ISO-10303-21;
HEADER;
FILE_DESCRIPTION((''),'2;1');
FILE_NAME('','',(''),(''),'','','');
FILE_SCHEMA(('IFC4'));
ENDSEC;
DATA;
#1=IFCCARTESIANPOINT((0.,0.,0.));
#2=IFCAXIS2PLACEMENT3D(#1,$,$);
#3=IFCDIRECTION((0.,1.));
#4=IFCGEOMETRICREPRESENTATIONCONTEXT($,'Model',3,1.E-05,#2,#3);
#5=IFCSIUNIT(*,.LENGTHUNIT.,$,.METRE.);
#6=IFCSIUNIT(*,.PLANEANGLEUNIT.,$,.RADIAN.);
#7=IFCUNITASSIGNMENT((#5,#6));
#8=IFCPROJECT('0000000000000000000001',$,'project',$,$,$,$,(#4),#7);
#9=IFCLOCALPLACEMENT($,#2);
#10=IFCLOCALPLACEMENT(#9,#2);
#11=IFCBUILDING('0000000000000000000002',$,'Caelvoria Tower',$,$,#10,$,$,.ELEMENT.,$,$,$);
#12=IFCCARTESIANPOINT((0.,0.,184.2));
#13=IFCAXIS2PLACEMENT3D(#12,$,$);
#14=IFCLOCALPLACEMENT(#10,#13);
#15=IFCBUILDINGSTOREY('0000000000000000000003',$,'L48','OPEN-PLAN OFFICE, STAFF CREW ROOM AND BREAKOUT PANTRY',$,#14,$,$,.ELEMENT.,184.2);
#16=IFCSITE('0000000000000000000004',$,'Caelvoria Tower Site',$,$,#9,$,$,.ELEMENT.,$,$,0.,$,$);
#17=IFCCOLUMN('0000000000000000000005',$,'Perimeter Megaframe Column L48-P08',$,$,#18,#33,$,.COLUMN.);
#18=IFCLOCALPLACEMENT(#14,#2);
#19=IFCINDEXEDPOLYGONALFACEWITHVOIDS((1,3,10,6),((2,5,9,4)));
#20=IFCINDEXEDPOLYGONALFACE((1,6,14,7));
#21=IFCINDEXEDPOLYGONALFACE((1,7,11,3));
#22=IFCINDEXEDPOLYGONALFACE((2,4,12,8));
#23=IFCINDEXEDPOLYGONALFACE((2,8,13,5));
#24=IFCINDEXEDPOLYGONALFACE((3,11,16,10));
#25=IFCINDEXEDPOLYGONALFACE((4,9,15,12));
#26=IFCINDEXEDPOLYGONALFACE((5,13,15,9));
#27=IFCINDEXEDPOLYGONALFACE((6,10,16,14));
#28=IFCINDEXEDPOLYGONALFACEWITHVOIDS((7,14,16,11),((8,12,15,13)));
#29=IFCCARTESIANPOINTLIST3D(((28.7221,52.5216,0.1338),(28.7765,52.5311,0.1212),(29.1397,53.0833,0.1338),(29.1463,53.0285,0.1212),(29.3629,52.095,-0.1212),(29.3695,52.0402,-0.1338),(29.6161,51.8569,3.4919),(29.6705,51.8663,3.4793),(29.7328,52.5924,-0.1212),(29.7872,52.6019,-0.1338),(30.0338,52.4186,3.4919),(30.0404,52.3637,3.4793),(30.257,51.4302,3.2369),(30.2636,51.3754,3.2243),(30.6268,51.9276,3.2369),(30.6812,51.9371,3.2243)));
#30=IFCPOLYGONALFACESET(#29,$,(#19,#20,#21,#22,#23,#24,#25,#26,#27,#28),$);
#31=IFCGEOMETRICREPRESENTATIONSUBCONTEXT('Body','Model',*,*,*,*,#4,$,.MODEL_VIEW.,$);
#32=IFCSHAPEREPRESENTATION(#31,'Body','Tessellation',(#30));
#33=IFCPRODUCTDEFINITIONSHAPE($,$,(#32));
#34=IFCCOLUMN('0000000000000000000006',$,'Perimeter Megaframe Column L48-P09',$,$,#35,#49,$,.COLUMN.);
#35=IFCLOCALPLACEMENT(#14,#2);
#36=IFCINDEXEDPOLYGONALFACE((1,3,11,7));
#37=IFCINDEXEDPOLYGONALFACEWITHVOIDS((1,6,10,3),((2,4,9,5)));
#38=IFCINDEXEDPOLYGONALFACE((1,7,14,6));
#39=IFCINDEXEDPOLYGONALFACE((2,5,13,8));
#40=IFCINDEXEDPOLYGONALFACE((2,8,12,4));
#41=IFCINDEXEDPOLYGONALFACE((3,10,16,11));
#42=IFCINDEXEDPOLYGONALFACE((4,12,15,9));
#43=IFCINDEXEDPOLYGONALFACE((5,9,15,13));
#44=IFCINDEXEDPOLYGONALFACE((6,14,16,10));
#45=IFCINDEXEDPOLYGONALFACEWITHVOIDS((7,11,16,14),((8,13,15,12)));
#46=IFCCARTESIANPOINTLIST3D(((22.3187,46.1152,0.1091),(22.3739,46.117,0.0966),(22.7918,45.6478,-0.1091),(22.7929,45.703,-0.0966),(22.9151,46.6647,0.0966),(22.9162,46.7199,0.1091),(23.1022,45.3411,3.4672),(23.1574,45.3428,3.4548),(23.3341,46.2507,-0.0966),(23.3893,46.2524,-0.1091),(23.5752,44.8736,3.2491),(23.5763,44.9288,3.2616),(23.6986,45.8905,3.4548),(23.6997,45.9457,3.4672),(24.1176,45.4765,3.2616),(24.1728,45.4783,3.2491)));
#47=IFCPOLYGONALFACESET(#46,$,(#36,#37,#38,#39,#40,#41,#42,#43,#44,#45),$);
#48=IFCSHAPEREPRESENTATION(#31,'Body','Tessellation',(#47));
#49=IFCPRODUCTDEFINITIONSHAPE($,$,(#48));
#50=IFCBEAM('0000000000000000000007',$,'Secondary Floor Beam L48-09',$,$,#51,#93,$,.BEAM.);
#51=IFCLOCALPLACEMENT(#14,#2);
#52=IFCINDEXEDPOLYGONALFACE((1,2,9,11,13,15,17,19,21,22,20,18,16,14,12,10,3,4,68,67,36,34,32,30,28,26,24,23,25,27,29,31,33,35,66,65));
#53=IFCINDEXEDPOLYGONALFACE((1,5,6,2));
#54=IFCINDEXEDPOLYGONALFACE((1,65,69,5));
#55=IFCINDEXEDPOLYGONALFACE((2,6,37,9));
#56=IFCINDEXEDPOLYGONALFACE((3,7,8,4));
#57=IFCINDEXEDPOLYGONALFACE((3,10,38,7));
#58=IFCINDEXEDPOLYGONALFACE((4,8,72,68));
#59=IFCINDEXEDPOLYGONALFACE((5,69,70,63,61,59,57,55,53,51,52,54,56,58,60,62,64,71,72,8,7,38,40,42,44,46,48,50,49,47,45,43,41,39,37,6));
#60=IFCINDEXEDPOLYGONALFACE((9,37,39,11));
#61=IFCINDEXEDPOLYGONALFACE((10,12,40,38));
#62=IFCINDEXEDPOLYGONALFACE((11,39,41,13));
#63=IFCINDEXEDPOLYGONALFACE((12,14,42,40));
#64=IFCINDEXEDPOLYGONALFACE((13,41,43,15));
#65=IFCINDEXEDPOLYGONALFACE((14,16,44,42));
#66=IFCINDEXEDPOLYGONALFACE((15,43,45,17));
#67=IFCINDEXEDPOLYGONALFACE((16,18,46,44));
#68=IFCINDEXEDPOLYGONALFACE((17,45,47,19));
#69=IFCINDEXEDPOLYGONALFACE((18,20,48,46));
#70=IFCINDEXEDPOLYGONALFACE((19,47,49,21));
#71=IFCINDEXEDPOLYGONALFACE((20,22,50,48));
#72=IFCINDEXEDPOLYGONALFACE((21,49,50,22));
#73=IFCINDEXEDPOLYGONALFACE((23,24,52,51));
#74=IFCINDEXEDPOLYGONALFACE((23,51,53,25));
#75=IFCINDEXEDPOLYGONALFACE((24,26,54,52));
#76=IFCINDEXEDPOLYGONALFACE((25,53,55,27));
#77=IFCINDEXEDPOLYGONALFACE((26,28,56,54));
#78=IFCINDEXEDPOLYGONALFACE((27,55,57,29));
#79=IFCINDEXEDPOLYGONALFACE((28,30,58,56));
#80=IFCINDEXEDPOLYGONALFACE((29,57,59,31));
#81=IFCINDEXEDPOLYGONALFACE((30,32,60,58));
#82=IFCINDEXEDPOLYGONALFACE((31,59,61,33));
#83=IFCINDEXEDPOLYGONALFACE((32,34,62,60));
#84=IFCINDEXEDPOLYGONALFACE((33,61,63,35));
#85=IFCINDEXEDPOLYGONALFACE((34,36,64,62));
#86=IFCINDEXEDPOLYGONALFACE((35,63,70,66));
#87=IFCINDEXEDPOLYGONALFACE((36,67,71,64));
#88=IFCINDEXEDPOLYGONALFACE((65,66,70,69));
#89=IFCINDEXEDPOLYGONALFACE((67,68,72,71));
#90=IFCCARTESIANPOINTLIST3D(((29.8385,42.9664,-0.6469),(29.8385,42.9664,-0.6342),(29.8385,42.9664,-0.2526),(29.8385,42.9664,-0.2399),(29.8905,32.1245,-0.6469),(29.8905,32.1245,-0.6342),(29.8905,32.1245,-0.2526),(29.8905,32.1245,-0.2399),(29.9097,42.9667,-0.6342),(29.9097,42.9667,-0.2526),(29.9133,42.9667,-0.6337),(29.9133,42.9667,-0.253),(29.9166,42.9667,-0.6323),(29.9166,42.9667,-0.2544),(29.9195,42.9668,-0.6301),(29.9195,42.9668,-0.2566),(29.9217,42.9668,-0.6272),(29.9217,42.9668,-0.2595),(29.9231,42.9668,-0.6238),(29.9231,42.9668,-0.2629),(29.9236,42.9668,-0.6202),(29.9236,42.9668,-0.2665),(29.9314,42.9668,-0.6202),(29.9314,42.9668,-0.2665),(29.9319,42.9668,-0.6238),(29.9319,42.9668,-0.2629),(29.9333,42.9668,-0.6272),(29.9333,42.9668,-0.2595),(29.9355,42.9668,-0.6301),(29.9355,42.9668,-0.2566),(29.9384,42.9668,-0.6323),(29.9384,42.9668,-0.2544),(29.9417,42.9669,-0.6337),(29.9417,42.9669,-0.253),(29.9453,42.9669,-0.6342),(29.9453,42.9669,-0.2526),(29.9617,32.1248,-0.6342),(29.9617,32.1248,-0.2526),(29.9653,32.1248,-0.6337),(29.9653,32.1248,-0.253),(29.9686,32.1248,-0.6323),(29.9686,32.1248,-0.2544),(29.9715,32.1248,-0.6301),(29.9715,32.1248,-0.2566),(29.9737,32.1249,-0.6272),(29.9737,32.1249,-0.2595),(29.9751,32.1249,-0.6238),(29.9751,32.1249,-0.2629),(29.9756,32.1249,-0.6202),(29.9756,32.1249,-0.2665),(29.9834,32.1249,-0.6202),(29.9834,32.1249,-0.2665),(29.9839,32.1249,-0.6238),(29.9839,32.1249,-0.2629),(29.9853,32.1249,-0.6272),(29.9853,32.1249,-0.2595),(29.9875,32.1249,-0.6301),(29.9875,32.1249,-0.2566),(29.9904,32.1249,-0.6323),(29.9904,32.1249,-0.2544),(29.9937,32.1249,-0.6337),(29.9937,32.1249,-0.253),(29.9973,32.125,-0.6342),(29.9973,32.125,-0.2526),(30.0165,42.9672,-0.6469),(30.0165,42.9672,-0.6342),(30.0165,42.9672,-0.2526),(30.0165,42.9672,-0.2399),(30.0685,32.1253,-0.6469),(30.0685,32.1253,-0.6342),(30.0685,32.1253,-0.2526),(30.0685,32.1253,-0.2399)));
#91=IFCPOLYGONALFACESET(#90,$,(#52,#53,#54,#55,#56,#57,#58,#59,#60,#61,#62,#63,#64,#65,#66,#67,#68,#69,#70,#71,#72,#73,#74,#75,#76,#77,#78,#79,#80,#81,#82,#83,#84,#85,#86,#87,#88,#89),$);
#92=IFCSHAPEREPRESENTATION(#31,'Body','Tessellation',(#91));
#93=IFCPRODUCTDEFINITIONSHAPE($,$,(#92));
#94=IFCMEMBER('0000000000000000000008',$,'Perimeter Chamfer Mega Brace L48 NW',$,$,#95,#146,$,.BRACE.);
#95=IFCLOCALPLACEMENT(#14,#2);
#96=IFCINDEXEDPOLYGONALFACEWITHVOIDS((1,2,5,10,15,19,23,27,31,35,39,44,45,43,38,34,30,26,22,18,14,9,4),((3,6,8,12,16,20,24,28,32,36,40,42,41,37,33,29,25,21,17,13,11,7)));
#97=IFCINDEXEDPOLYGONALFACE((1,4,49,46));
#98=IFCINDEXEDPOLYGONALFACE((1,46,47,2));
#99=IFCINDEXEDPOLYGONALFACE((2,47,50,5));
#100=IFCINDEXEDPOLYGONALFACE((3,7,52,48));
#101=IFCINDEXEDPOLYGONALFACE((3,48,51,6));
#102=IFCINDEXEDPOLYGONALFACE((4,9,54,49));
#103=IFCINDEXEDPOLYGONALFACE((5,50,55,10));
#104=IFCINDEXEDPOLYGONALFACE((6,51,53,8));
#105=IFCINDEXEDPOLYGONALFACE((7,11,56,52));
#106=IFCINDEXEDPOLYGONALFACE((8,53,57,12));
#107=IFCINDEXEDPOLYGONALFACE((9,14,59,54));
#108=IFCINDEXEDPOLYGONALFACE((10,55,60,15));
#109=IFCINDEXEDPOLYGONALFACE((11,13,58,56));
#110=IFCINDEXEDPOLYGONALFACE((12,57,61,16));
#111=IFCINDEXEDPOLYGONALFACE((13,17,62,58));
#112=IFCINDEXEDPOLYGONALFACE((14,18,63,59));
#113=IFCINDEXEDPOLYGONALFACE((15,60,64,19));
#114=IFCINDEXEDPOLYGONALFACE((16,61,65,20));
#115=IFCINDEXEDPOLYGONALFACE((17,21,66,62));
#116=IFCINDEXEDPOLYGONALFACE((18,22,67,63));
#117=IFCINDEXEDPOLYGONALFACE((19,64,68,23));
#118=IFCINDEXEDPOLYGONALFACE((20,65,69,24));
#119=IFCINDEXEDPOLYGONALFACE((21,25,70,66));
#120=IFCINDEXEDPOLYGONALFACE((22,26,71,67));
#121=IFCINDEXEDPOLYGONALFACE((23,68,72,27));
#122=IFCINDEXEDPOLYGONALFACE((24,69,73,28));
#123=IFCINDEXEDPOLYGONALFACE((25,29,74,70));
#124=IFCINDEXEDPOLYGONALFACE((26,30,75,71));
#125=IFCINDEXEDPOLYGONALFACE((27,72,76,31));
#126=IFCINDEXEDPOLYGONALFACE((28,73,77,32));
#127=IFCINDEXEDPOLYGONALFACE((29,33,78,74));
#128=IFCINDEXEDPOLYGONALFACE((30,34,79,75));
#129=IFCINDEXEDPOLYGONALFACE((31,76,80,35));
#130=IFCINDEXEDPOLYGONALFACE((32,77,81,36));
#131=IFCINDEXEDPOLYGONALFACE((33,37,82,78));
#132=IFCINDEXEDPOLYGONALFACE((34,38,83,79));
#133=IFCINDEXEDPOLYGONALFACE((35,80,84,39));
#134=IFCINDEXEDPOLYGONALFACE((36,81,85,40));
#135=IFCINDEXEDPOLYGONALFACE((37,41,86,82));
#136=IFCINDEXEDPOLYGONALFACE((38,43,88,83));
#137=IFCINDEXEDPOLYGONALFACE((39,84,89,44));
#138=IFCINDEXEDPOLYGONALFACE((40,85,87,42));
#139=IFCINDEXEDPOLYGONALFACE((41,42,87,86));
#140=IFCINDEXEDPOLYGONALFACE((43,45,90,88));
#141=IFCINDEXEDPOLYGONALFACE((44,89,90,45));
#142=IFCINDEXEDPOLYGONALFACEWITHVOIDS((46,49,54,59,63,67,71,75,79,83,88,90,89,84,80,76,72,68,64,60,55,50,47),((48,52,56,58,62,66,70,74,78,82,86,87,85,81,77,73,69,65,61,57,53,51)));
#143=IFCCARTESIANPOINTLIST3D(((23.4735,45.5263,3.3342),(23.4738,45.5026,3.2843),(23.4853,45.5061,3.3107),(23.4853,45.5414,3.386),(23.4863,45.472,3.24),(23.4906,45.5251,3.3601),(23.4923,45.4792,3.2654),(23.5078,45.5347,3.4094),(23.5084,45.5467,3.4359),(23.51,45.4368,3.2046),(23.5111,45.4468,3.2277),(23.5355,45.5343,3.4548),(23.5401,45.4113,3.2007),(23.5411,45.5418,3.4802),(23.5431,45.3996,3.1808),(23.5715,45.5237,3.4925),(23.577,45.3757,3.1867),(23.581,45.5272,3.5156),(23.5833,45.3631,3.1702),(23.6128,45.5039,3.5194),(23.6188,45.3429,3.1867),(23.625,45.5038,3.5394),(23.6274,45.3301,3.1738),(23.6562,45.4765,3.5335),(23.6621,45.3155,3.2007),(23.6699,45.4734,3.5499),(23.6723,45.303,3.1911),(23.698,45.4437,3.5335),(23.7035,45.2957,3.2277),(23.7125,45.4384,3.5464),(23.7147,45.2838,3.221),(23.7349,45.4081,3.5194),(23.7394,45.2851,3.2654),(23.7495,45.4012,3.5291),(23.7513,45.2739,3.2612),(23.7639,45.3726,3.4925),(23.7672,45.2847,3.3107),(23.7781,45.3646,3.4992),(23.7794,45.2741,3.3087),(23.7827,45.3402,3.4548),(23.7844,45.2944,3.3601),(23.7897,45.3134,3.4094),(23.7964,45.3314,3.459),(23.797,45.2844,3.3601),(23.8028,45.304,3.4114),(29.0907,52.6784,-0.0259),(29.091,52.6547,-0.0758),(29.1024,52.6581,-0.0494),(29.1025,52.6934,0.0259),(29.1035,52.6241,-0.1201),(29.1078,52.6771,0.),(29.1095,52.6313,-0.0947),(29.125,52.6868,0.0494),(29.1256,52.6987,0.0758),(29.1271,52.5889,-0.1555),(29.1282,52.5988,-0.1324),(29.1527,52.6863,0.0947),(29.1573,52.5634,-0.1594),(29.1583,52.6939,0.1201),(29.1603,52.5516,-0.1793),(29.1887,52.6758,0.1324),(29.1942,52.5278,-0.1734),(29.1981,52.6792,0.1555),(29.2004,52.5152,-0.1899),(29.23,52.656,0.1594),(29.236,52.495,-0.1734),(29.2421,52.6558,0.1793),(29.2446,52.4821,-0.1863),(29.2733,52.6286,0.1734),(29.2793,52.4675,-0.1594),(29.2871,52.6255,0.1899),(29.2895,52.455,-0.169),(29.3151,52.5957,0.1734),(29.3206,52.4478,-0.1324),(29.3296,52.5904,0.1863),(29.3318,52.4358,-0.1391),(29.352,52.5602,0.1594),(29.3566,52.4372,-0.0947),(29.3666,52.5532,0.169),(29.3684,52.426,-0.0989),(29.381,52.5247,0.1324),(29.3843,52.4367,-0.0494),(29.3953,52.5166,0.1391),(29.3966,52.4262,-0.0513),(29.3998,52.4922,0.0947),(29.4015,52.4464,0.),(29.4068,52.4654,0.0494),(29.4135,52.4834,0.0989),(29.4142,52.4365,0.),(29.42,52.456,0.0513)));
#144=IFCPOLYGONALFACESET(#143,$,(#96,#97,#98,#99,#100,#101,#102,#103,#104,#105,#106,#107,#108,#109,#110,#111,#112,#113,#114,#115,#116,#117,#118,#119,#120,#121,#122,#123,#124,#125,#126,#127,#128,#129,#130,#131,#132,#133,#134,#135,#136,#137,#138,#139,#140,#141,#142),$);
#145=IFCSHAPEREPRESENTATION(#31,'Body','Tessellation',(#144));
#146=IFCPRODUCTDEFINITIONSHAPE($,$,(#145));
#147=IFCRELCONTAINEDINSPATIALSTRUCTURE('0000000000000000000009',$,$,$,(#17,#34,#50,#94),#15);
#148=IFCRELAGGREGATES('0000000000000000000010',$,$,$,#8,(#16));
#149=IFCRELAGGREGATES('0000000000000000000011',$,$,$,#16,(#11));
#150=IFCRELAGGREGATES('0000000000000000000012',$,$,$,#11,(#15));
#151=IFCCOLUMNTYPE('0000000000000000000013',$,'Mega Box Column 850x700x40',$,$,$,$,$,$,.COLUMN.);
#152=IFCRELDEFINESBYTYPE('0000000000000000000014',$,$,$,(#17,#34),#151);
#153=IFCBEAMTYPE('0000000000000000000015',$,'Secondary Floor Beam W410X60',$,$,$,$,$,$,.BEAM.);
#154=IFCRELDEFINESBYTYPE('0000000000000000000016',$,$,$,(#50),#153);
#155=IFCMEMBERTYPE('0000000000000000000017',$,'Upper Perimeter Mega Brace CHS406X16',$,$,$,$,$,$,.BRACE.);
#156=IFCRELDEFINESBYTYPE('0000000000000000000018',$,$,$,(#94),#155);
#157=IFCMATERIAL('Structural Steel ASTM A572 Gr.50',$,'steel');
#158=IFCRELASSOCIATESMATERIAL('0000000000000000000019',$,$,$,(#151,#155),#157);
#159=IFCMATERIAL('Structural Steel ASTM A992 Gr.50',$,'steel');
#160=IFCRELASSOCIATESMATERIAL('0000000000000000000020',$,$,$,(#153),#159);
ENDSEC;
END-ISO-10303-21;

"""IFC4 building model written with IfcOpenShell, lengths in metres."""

from ifc_helpers import new_model, si_unit, direction, frame, origin, origin_2d, place, context, subcontext, project, spatial, hollow_rectangle, hollow_circle, i_section, extrude, material, material_profile, profile_set, type_object, element, save


model = new_model("IFC4")

# Units and contexts
model_context = context("Model", 3, precision=1e-05, world=origin(), true_north=direction((0.0, 1.0)))
body_context = subcontext(model_context, "Body", "Model", "MODEL_VIEW")
ifc_project = project(units=[si_unit("LENGTHUNIT", "METRE"), si_unit("PLANEANGLEUNIT", "RADIAN")], contexts=[model_context])

# Site, building, storey
site_placement = place(None, origin())
site = spatial("IfcSite", under=ifc_project, at=site_placement, Name="Caelvoria Tower Site", CompositionType="ELEMENT", RefElevation=0.0)
building_placement = place(site_placement, origin())
building = spatial("IfcBuilding", under=site, at=building_placement, Name="Caelvoria Tower", CompositionType="ELEMENT")
storey_placement = place(building_placement, frame((0.0, 0.0, 184.2)))
storey = spatial("IfcBuildingStorey", under=building, at=storey_placement, Name="L48", Description="OPEN-PLAN OFFICE, STAFF CREW ROOM AND BREAKOUT PANTRY", CompositionType="ELEMENT", Elevation=184.2)

# Columns
ifc_material_1 = material(Name="Structural Steel ASTM A572 Gr.50", Category="steel")
ifc_material_profile_1 = material_profile(ifc_material_1, hollow_rectangle(XDim=0.7, YDim=0.8501, WallThickness=0.04, at=origin_2d()), Name="Structural Steel ASTM A572 Gr.50")
ifc_profile_set_1 = profile_set([ifc_material_profile_1], Name="BOX850X700X40 - Structural Steel ASTM A572 Gr.50")
column_type = type_object("IfcColumnType", Name="Mega Box Column 850x700x40", PredefinedType="COLUMN", material=ifc_profile_set_1)
column_1_placement = place(storey_placement, frame((29.2546, 52.5618, 0.0), z_axis=(0.252687, -0.187894, 0.949129), x_axis=(0.596699, 0.802465, 0.0)))
element("IfcColumn", 1, at=column_1_placement, inside=storey, type_object=column_type, Name="Perimeter Megaframe Column L48-P08", PredefinedType="COLUMN", context=body_context, shape_type="SweptSolid", body=[
    extrude(hollow_rectangle(XDim=0.7, YDim=0.8501, WallThickness=0.04, at=origin_2d()), origin(), (0.0, 0.0, 1.0), 3.5381),
])
column_2_placement = place(storey_placement, frame((22.854, 46.1838, 0.0), z_axis=(0.221678, -0.219053, 0.950197), x_axis=(-0.675881, 0.667877, 0.31165)))
element("IfcColumn", 2, at=column_2_placement, inside=storey, type_object=column_type, Name="Perimeter Megaframe Column L48-P09", PredefinedType="COLUMN", context=body_context, shape_type="SweptSolid", body=[
    extrude(hollow_rectangle(XDim=0.7, YDim=0.8501, WallThickness=0.04, at=origin_2d()), origin(), (0.0, 0.0, 1.0), 3.5342),
])

# Beam
ifc_material_2 = material(Name="Structural Steel ASTM A992 Gr.50", Category="steel")
ifc_material_profile_2 = material_profile(ifc_material_2, i_section(OverallWidth=0.178, OverallDepth=0.407, WebThickness=0.0078, FlangeThickness=0.0127, FilletRadius=0.0139, at=origin_2d()), Name="Structural Steel ASTM A992 Gr.50")
ifc_profile_set_2 = profile_set([ifc_material_profile_2], Name="W410X60 - Structural Steel ASTM A992 Gr.50")
beam_type_1 = type_object("IfcBeamType", Name="Secondary Floor Beam W410X60", PredefinedType="BEAM", material=ifc_profile_set_2)
beam_1_placement = place(storey_placement, frame((29.9275, 42.9668, -0.4434), z_axis=(0.004796, -0.999988, 0.0), x_axis=(0.999988, 0.004796, 0.0)))
element("IfcBeam", 3, at=beam_1_placement, inside=storey, type_object=beam_type_1, Name="Secondary Floor Beam L48-09", PredefinedType="BEAM", context=body_context, shape_type="SweptSolid", body=[
    extrude(i_section(OverallWidth=0.178, OverallDepth=0.407, WebThickness=0.0078, FlangeThickness=0.0127, FilletRadius=0.0139, at=origin_2d()), origin(), (0.0, 0.0, 1.0), 10.842),
])

# Member
ifc_material_profile_3 = material_profile(ifc_material_1, hollow_circle(Radius=0.2029, WallThickness=0.0161, at=origin_2d()), Name="Structural Steel ASTM A572 Gr.50")
ifc_profile_set_3 = profile_set([ifc_material_profile_3], Name="CHS406X16 - Structural Steel ASTM A572 Gr.50")
member_type = type_object("IfcMemberType", Name="Upper Perimeter Mega Brace CHS406X16", PredefinedType="BRACE", material=ifc_profile_set_3)
member_1_placement = place(storey_placement, frame((29.2546, 52.5618, 0.0), z_axis=(-0.579382, -0.7377, 0.346577), x_axis=(0.786442, -0.617664, 0.0)))
element("IfcMember", 4, at=member_1_placement, inside=storey, type_object=member_type, Name="Perimeter Chamfer Mega Brace L48 NW", PredefinedType="BRACE", context=body_context, shape_type="SweptSolid", body=[
    extrude(hollow_circle(Radius=0.2029, WallThickness=0.0161, at=origin_2d()), origin(), (0.0, 0.0, 1.0), 9.6951),
])

save(model, "model.ifc")
